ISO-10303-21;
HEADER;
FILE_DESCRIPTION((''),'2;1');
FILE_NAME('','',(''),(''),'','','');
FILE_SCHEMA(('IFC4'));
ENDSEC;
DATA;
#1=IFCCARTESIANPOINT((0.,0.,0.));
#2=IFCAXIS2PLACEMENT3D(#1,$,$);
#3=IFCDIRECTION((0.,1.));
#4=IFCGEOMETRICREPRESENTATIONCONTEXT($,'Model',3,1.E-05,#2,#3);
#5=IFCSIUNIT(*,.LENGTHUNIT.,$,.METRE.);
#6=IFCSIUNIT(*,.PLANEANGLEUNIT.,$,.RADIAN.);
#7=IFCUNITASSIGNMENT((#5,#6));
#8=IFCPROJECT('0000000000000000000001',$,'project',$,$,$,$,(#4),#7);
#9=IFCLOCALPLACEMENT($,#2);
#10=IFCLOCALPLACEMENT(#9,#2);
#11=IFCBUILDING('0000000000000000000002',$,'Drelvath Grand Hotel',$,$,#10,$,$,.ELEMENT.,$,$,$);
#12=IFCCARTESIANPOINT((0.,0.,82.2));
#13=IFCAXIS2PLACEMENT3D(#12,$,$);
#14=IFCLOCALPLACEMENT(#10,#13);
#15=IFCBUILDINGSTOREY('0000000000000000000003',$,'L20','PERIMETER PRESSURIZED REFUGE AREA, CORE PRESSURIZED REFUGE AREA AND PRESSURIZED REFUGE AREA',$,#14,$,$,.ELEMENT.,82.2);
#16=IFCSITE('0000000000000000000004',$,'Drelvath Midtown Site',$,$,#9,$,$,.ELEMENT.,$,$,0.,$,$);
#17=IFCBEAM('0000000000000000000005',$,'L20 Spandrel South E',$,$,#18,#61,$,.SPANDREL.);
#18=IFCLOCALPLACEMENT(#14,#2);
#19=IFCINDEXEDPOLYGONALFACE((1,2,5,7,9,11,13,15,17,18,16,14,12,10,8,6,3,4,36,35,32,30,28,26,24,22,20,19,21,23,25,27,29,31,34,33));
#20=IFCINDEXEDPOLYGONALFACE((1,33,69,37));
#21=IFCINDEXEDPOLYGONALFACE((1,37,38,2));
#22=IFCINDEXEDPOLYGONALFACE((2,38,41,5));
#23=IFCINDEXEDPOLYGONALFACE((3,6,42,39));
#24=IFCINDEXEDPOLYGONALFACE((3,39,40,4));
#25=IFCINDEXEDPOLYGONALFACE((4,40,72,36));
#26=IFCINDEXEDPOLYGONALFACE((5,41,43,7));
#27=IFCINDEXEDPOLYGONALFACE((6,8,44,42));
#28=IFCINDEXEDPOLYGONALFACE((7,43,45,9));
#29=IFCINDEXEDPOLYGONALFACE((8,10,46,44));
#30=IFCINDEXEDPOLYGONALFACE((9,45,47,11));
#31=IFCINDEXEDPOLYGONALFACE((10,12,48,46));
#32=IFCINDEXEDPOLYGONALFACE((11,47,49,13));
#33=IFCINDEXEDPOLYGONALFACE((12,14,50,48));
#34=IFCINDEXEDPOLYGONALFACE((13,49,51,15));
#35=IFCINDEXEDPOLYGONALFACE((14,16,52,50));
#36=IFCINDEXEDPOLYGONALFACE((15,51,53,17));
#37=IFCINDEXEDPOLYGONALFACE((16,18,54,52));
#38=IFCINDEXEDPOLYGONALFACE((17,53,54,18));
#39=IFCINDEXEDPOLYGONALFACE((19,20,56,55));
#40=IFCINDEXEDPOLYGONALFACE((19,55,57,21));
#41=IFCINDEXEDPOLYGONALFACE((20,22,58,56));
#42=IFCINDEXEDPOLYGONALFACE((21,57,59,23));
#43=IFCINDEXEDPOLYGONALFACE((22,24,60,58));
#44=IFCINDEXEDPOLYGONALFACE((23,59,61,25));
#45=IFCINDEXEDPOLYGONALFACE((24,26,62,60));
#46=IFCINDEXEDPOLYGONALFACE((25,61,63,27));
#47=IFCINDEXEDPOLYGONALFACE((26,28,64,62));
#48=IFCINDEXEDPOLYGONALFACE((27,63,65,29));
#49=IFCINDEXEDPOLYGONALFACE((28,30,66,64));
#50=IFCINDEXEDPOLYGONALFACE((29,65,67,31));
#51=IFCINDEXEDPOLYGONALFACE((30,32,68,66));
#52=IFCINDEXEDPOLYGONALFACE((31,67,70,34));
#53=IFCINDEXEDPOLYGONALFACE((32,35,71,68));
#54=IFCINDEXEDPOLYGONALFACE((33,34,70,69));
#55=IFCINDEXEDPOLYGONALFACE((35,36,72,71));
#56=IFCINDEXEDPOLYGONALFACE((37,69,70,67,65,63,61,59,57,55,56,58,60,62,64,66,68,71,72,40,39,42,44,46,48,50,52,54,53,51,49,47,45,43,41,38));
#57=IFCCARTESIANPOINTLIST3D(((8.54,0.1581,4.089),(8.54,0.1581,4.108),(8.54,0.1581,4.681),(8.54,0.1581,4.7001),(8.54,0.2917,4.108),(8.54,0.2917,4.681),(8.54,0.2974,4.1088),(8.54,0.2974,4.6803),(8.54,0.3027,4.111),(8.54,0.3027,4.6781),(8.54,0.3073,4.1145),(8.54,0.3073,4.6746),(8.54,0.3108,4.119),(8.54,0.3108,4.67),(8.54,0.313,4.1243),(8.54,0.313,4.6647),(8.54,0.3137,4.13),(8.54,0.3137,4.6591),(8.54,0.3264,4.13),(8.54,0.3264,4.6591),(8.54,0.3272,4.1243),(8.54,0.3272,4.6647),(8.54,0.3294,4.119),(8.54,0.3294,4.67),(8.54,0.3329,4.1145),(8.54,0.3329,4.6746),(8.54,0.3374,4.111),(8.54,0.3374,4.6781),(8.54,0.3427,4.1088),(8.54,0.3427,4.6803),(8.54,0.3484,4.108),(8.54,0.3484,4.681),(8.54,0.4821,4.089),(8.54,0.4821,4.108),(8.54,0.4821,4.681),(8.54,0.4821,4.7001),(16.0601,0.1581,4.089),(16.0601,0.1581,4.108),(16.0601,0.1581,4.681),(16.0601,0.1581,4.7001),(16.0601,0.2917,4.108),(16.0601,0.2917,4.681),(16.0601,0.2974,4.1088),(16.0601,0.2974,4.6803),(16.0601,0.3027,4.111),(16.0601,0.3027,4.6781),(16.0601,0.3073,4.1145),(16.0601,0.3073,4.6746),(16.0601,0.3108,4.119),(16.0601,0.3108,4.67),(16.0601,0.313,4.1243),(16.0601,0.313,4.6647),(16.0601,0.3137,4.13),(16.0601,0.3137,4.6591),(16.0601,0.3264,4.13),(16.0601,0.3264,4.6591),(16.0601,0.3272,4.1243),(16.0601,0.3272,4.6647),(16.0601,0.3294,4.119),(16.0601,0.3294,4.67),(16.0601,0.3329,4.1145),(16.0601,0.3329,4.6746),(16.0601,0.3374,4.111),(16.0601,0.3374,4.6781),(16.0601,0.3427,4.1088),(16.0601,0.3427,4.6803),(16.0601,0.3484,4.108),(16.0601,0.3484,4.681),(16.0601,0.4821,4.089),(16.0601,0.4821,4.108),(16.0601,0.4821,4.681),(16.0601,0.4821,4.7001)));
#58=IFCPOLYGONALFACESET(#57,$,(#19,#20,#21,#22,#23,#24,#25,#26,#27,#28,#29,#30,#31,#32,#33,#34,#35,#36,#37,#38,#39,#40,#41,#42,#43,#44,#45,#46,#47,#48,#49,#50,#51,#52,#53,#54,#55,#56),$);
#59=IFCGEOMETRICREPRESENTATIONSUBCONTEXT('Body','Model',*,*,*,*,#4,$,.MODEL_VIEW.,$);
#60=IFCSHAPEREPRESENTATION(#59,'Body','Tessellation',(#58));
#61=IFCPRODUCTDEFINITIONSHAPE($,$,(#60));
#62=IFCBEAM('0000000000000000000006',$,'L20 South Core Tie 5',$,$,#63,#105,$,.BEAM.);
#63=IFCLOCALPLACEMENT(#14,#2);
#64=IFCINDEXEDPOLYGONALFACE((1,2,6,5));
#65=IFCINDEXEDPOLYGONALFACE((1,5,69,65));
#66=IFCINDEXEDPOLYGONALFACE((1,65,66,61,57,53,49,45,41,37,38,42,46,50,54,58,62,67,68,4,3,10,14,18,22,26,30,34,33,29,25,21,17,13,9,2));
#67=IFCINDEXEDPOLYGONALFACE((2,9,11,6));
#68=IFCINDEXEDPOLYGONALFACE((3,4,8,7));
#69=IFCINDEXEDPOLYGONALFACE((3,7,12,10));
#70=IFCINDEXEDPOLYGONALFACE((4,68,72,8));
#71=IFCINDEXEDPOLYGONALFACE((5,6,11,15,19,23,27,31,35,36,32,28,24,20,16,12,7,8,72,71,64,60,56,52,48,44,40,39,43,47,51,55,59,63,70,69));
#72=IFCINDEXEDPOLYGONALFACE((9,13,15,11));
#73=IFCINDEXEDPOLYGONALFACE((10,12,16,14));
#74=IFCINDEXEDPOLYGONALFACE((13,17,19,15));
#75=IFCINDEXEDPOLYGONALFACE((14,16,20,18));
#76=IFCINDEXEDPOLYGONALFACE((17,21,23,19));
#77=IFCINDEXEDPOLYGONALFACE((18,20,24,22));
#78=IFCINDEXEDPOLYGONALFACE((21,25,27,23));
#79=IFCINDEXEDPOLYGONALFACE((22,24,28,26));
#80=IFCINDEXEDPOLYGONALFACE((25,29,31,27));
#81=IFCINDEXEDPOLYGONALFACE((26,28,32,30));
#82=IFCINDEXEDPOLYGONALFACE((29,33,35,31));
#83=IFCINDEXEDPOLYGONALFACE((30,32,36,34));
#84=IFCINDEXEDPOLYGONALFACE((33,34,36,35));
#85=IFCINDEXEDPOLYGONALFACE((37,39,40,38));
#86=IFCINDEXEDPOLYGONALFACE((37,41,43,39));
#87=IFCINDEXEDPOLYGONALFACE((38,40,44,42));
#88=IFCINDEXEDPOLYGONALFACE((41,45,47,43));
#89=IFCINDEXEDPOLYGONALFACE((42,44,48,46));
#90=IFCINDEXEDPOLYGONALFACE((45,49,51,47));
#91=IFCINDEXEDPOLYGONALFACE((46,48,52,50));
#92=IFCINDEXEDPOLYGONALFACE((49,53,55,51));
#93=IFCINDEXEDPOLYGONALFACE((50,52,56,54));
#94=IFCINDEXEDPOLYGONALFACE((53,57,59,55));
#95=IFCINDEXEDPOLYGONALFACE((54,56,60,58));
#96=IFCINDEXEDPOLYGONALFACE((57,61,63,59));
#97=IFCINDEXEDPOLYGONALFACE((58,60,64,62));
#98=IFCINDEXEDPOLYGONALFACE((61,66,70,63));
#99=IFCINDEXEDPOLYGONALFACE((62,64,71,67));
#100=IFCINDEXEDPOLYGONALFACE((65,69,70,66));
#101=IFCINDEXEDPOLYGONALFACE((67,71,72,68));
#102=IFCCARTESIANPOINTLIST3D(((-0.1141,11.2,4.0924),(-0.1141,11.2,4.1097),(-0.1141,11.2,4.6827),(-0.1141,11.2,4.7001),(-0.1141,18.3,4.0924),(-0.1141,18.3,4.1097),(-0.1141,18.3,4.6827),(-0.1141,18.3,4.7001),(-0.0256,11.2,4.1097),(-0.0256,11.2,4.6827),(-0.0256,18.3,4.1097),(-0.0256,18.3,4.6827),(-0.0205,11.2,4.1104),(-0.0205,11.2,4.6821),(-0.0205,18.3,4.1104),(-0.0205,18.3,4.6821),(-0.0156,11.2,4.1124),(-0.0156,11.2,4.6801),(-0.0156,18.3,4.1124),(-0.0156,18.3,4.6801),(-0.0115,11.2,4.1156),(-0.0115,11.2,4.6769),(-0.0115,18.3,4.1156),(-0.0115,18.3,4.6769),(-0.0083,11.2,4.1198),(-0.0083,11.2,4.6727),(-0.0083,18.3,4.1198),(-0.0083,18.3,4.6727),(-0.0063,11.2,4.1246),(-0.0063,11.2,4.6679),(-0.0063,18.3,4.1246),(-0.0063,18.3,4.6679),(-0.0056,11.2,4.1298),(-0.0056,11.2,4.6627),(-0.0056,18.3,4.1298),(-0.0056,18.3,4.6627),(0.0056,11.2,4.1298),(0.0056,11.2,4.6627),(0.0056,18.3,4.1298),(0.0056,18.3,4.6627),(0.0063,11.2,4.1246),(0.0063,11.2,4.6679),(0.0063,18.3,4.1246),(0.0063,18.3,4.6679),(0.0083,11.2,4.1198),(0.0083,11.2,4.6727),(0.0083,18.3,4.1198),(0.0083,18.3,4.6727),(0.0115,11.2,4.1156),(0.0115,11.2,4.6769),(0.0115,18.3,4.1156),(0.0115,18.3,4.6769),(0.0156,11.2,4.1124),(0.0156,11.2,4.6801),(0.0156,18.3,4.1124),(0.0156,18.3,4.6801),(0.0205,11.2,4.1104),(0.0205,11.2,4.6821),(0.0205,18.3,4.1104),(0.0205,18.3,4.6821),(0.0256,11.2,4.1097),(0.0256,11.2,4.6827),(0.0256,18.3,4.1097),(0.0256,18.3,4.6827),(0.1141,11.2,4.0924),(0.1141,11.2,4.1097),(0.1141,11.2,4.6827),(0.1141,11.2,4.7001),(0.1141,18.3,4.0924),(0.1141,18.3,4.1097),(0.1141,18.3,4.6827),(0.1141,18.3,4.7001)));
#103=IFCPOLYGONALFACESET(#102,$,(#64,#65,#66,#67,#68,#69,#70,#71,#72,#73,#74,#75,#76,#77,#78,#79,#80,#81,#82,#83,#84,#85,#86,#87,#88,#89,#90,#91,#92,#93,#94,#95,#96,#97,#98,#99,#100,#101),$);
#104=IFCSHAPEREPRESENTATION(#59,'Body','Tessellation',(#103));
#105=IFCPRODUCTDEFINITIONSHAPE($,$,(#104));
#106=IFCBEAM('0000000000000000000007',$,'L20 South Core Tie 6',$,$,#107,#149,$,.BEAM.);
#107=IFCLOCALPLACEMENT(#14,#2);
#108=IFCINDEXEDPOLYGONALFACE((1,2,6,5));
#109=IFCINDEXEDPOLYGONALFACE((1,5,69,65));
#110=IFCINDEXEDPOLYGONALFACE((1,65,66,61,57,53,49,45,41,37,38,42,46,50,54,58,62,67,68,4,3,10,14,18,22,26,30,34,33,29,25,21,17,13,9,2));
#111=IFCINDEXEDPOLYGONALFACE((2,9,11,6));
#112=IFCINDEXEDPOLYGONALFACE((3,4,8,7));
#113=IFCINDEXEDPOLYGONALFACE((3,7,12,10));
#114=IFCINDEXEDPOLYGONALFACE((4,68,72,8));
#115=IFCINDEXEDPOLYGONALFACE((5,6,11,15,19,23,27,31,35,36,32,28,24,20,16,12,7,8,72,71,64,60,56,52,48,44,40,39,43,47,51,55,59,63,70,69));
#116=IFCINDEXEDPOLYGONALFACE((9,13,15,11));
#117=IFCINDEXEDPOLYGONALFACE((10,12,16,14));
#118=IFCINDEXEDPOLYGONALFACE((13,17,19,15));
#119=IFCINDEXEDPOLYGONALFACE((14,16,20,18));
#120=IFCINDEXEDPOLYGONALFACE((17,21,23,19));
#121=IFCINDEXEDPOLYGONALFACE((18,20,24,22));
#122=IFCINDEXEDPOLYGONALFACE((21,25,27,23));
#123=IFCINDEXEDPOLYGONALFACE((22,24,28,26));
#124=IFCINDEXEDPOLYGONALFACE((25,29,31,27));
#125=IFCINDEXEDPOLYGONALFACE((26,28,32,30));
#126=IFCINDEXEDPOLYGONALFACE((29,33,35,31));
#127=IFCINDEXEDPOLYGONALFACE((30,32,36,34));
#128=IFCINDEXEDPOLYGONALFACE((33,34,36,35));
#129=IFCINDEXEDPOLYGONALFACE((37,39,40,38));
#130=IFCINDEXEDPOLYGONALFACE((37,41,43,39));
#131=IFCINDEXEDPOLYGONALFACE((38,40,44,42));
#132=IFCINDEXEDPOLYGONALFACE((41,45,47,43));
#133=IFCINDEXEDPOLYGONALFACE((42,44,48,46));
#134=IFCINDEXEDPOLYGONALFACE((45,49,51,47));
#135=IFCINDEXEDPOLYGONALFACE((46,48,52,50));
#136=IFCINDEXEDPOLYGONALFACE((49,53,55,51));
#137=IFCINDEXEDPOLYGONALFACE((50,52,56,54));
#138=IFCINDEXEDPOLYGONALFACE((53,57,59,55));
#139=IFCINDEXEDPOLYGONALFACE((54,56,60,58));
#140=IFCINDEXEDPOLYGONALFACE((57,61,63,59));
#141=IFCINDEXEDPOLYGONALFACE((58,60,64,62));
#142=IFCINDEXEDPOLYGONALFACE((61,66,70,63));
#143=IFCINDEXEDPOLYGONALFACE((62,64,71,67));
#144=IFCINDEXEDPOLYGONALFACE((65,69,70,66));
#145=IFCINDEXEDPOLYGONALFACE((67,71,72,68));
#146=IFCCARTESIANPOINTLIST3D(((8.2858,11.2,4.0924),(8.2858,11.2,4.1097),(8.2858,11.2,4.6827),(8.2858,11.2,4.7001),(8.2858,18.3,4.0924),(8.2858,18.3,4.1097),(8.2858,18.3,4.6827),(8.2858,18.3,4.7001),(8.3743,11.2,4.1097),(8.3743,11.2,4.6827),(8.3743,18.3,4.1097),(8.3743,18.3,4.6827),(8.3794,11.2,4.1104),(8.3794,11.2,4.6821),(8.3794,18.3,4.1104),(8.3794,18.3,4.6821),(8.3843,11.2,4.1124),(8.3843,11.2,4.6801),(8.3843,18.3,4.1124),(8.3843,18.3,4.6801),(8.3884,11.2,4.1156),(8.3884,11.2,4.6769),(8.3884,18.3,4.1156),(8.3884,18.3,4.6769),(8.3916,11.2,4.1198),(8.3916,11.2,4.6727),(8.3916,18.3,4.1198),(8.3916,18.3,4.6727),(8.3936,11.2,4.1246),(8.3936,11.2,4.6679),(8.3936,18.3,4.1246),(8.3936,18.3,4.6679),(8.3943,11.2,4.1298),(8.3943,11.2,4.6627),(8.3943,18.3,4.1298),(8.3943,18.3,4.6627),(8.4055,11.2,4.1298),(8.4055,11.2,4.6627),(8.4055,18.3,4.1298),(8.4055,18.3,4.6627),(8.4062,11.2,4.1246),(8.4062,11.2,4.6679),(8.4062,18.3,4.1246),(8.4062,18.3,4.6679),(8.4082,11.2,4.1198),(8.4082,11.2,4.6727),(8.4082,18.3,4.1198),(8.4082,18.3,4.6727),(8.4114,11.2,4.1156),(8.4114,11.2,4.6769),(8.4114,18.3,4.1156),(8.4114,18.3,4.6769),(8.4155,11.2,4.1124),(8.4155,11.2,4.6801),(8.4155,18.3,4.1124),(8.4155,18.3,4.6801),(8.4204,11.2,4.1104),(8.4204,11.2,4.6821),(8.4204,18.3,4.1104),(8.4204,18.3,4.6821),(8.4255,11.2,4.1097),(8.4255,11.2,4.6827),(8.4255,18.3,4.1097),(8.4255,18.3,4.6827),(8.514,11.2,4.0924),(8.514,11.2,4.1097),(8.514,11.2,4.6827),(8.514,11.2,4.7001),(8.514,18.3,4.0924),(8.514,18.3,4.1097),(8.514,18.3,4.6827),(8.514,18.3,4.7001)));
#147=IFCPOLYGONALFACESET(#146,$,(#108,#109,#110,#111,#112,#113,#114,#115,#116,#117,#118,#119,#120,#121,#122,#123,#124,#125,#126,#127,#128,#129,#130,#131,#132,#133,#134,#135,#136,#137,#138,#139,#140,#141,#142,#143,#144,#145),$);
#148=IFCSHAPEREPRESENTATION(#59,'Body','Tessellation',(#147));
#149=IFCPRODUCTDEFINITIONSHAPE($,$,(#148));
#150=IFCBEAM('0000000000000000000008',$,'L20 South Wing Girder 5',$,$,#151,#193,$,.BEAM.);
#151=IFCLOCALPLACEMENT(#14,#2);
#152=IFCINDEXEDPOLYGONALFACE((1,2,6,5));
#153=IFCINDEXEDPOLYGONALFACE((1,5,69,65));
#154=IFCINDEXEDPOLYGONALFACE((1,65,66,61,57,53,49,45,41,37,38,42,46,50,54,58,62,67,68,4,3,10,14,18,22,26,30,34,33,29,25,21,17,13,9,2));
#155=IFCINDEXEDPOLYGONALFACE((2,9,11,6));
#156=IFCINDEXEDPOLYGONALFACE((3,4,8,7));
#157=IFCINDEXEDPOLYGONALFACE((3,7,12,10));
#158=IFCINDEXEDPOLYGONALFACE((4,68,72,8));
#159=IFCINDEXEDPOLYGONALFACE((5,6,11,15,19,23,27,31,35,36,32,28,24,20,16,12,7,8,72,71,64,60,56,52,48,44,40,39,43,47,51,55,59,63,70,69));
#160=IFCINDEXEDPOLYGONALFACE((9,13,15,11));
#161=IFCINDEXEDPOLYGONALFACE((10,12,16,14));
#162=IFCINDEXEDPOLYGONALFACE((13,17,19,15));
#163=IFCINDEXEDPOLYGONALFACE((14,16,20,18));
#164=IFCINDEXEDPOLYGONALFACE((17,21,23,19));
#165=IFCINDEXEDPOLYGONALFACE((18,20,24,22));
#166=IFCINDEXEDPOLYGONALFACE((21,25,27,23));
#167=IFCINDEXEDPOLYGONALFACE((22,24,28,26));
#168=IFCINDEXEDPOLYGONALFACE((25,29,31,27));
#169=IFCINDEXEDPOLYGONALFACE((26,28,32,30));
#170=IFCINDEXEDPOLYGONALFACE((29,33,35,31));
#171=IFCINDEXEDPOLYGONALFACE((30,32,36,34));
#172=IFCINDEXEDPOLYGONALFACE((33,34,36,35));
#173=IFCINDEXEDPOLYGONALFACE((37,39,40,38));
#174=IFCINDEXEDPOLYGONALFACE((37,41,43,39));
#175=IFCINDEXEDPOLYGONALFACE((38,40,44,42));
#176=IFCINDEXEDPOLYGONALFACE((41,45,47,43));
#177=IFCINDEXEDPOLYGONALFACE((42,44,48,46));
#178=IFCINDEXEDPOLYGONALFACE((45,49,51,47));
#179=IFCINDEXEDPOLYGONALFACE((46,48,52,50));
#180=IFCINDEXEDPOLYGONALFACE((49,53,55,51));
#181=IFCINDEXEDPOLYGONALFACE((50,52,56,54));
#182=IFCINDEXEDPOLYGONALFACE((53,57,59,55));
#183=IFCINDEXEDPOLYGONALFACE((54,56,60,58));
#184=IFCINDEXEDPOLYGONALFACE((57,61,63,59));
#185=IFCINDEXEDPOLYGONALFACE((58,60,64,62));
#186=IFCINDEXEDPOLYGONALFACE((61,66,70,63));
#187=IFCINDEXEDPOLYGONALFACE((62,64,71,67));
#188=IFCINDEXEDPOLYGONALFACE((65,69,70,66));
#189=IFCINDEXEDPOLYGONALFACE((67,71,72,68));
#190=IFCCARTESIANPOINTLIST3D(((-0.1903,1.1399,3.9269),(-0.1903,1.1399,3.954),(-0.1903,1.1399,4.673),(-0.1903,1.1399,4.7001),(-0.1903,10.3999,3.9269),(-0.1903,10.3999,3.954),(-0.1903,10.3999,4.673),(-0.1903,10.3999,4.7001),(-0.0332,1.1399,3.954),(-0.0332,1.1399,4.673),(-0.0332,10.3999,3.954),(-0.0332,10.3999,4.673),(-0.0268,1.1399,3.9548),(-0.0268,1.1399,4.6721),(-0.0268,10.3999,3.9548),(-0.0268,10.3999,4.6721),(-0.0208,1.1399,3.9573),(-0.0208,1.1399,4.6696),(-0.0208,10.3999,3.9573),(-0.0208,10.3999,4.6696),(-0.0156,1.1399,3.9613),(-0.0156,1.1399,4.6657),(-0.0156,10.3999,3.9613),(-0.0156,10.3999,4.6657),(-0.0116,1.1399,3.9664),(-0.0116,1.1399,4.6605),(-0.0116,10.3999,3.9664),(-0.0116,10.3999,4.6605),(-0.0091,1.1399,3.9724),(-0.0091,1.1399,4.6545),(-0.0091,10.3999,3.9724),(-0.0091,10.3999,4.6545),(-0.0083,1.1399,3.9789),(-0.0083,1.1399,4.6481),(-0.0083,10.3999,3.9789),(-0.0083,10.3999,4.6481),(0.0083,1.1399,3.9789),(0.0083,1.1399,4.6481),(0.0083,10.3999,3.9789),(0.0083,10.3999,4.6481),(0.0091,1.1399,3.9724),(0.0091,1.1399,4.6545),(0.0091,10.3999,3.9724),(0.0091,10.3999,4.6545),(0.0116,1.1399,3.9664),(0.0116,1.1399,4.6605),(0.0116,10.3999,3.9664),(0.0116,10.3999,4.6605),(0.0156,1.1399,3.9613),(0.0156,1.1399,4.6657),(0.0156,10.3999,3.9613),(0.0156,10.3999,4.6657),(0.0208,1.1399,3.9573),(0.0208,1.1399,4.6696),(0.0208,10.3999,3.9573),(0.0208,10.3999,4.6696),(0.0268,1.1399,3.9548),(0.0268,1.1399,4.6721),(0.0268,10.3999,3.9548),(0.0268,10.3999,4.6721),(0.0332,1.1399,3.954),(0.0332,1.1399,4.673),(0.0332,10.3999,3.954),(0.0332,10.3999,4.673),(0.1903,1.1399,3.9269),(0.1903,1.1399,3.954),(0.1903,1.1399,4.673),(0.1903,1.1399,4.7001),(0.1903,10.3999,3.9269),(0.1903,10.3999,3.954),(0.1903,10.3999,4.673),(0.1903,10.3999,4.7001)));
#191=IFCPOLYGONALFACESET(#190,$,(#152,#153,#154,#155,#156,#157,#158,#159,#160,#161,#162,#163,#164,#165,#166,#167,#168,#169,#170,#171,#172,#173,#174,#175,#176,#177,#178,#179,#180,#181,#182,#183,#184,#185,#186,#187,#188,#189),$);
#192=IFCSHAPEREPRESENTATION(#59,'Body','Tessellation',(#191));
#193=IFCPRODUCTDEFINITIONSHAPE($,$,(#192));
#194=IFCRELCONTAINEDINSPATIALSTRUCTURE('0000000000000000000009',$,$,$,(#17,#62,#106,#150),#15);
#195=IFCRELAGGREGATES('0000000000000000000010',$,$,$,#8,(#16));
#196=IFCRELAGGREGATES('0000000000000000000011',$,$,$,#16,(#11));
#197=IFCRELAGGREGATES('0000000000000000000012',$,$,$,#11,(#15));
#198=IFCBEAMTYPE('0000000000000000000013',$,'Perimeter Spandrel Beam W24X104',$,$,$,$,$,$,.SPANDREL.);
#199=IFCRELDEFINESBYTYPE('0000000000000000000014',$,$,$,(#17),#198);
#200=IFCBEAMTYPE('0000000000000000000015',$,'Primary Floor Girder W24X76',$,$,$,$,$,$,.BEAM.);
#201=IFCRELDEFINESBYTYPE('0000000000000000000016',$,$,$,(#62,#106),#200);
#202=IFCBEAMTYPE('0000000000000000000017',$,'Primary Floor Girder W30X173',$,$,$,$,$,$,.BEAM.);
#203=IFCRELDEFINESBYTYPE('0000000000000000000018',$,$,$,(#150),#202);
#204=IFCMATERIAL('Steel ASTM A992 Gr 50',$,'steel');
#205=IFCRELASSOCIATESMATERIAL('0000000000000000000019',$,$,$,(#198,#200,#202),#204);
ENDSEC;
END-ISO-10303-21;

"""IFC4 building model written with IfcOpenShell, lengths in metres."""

from ifc_helpers import new_model, si_unit, direction, frame, origin, origin_2d, place, context, subcontext, project, spatial, i_section, extrude, material, material_profile, profile_set, type_object, element, save


model = new_model("IFC4")

# Units and contexts
model_context = context("Model", 3, precision=1e-05, world=origin(), true_north=direction((0.0, 1.0)))
body_context = subcontext(model_context, "Body", "Model", "MODEL_VIEW")
ifc_project = project(units=[si_unit("LENGTHUNIT", "METRE"), si_unit("PLANEANGLEUNIT", "RADIAN")], contexts=[model_context])

# Site, building, storey
site_placement = place(None, origin())
site = spatial("IfcSite", under=ifc_project, at=site_placement, Name="Drelvath Midtown Site", CompositionType="ELEMENT", RefElevation=0.0)
building_placement = place(site_placement, origin())
building = spatial("IfcBuilding", under=site, at=building_placement, Name="Drelvath Grand Hotel", CompositionType="ELEMENT")
storey_placement = place(building_placement, frame((0.0, 0.0, 82.2)))
storey = spatial("IfcBuildingStorey", under=building, at=storey_placement, Name="L20", Description="PERIMETER PRESSURIZED REFUGE AREA, CORE PRESSURIZED REFUGE AREA AND PRESSURIZED REFUGE AREA", CompositionType="ELEMENT", Elevation=82.2)

# Beams
ifc_material_1 = material(Name="Steel ASTM A992 Gr 50", Category="steel")
ifc_material_profile_1 = material_profile(ifc_material_1, i_section(OverallWidth=0.324, OverallDepth=0.6111, WebThickness=0.0127, FlangeThickness=0.019, FilletRadius=0.022, at=origin_2d()), Name="W24X104")
ifc_profile_set_1 = profile_set([ifc_material_profile_1], Name="Steel ASTM A992 Gr 50")
beam_type_1 = type_object("IfcBeamType", Name="Perimeter Spandrel Beam W24X104", PredefinedType="SPANDREL", material=ifc_profile_set_1)
beam_1_placement = place(storey_placement, frame((8.54, 0.3201, 4.3945), z_axis=(1.0, 0.0, 0.0), x_axis=(0.0, 1.0, 0.0)))
element("IfcBeam", 1, at=beam_1_placement, inside=storey, type_object=beam_type_1, Name="L20 Spandrel South E", PredefinedType="SPANDREL", context=body_context, shape_type="SweptSolid", body=[
    extrude(i_section(OverallWidth=0.324, OverallDepth=0.6111, WebThickness=0.0127, FlangeThickness=0.019, FilletRadius=0.022, at=origin_2d()), origin(), (0.0, 0.0, 1.0), 7.52),
])
ifc_material_profile_2 = material_profile(ifc_material_1, i_section(OverallWidth=0.2283, OverallDepth=0.6077, WebThickness=0.0112, FlangeThickness=0.0173, FilletRadius=0.02, at=origin_2d()), Name="W24X76")
ifc_profile_set_2 = profile_set([ifc_material_profile_2], Name="Steel ASTM A992 Gr 50")
beam_type_2 = type_object("IfcBeamType", Name="Primary Floor Girder W24X76", PredefinedType="BEAM", material=ifc_profile_set_2)
for number, where, z_axis, x_axis, name in (
    (2, (0.0, 11.2, 4.3962), (0.0, 1.0, 0.0), (-1.0, 0.0, 0.0), "L20 South Core Tie 5"),
    (3, (8.3999, 11.2, 4.3962), (0.0, 1.0, 0.0), (-1.0, 0.0, 0.0), "L20 South Core Tie 6"),
):
    element("IfcBeam", number, at=place(storey_placement, frame(where, z_axis=z_axis, x_axis=x_axis)), inside=storey, type_object=beam_type_2, Name=name, PredefinedType="BEAM", context=body_context, shape_type="SweptSolid", body=[
        extrude(i_section(OverallWidth=0.2283, OverallDepth=0.6077, WebThickness=0.0112, FlangeThickness=0.0173, FilletRadius=0.02, at=origin_2d()), origin(), (0.0, 0.0, 1.0), 7.1001),
    ])
ifc_material_profile_3 = material_profile(ifc_material_1, i_section(OverallWidth=0.3806, OverallDepth=0.7732, WebThickness=0.0166, FlangeThickness=0.0271, FilletRadius=0.0249, at=origin_2d()), Name="W30X173")
ifc_profile_set_3 = profile_set([ifc_material_profile_3], Name="Steel ASTM A992 Gr 50")
beam_type_3 = type_object("IfcBeamType", Name="Primary Floor Girder W30X173", PredefinedType="BEAM", material=ifc_profile_set_3)
beam_2_placement = place(storey_placement, frame((0.0, 1.1399, 4.3135), z_axis=(0.0, 1.0, 0.0), x_axis=(-1.0, 0.0, 0.0)))
element("IfcBeam", 4, at=beam_2_placement, inside=storey, type_object=beam_type_3, Name="L20 South Wing Girder 5", PredefinedType="BEAM", context=body_context, shape_type="SweptSolid", body=[
    extrude(i_section(OverallWidth=0.3806, OverallDepth=0.7732, WebThickness=0.0166, FlangeThickness=0.0271, FilletRadius=0.0249, at=origin_2d()), origin(), (0.0, 0.0, 1.0), 9.26),
])

save(model, "model.ifc")
